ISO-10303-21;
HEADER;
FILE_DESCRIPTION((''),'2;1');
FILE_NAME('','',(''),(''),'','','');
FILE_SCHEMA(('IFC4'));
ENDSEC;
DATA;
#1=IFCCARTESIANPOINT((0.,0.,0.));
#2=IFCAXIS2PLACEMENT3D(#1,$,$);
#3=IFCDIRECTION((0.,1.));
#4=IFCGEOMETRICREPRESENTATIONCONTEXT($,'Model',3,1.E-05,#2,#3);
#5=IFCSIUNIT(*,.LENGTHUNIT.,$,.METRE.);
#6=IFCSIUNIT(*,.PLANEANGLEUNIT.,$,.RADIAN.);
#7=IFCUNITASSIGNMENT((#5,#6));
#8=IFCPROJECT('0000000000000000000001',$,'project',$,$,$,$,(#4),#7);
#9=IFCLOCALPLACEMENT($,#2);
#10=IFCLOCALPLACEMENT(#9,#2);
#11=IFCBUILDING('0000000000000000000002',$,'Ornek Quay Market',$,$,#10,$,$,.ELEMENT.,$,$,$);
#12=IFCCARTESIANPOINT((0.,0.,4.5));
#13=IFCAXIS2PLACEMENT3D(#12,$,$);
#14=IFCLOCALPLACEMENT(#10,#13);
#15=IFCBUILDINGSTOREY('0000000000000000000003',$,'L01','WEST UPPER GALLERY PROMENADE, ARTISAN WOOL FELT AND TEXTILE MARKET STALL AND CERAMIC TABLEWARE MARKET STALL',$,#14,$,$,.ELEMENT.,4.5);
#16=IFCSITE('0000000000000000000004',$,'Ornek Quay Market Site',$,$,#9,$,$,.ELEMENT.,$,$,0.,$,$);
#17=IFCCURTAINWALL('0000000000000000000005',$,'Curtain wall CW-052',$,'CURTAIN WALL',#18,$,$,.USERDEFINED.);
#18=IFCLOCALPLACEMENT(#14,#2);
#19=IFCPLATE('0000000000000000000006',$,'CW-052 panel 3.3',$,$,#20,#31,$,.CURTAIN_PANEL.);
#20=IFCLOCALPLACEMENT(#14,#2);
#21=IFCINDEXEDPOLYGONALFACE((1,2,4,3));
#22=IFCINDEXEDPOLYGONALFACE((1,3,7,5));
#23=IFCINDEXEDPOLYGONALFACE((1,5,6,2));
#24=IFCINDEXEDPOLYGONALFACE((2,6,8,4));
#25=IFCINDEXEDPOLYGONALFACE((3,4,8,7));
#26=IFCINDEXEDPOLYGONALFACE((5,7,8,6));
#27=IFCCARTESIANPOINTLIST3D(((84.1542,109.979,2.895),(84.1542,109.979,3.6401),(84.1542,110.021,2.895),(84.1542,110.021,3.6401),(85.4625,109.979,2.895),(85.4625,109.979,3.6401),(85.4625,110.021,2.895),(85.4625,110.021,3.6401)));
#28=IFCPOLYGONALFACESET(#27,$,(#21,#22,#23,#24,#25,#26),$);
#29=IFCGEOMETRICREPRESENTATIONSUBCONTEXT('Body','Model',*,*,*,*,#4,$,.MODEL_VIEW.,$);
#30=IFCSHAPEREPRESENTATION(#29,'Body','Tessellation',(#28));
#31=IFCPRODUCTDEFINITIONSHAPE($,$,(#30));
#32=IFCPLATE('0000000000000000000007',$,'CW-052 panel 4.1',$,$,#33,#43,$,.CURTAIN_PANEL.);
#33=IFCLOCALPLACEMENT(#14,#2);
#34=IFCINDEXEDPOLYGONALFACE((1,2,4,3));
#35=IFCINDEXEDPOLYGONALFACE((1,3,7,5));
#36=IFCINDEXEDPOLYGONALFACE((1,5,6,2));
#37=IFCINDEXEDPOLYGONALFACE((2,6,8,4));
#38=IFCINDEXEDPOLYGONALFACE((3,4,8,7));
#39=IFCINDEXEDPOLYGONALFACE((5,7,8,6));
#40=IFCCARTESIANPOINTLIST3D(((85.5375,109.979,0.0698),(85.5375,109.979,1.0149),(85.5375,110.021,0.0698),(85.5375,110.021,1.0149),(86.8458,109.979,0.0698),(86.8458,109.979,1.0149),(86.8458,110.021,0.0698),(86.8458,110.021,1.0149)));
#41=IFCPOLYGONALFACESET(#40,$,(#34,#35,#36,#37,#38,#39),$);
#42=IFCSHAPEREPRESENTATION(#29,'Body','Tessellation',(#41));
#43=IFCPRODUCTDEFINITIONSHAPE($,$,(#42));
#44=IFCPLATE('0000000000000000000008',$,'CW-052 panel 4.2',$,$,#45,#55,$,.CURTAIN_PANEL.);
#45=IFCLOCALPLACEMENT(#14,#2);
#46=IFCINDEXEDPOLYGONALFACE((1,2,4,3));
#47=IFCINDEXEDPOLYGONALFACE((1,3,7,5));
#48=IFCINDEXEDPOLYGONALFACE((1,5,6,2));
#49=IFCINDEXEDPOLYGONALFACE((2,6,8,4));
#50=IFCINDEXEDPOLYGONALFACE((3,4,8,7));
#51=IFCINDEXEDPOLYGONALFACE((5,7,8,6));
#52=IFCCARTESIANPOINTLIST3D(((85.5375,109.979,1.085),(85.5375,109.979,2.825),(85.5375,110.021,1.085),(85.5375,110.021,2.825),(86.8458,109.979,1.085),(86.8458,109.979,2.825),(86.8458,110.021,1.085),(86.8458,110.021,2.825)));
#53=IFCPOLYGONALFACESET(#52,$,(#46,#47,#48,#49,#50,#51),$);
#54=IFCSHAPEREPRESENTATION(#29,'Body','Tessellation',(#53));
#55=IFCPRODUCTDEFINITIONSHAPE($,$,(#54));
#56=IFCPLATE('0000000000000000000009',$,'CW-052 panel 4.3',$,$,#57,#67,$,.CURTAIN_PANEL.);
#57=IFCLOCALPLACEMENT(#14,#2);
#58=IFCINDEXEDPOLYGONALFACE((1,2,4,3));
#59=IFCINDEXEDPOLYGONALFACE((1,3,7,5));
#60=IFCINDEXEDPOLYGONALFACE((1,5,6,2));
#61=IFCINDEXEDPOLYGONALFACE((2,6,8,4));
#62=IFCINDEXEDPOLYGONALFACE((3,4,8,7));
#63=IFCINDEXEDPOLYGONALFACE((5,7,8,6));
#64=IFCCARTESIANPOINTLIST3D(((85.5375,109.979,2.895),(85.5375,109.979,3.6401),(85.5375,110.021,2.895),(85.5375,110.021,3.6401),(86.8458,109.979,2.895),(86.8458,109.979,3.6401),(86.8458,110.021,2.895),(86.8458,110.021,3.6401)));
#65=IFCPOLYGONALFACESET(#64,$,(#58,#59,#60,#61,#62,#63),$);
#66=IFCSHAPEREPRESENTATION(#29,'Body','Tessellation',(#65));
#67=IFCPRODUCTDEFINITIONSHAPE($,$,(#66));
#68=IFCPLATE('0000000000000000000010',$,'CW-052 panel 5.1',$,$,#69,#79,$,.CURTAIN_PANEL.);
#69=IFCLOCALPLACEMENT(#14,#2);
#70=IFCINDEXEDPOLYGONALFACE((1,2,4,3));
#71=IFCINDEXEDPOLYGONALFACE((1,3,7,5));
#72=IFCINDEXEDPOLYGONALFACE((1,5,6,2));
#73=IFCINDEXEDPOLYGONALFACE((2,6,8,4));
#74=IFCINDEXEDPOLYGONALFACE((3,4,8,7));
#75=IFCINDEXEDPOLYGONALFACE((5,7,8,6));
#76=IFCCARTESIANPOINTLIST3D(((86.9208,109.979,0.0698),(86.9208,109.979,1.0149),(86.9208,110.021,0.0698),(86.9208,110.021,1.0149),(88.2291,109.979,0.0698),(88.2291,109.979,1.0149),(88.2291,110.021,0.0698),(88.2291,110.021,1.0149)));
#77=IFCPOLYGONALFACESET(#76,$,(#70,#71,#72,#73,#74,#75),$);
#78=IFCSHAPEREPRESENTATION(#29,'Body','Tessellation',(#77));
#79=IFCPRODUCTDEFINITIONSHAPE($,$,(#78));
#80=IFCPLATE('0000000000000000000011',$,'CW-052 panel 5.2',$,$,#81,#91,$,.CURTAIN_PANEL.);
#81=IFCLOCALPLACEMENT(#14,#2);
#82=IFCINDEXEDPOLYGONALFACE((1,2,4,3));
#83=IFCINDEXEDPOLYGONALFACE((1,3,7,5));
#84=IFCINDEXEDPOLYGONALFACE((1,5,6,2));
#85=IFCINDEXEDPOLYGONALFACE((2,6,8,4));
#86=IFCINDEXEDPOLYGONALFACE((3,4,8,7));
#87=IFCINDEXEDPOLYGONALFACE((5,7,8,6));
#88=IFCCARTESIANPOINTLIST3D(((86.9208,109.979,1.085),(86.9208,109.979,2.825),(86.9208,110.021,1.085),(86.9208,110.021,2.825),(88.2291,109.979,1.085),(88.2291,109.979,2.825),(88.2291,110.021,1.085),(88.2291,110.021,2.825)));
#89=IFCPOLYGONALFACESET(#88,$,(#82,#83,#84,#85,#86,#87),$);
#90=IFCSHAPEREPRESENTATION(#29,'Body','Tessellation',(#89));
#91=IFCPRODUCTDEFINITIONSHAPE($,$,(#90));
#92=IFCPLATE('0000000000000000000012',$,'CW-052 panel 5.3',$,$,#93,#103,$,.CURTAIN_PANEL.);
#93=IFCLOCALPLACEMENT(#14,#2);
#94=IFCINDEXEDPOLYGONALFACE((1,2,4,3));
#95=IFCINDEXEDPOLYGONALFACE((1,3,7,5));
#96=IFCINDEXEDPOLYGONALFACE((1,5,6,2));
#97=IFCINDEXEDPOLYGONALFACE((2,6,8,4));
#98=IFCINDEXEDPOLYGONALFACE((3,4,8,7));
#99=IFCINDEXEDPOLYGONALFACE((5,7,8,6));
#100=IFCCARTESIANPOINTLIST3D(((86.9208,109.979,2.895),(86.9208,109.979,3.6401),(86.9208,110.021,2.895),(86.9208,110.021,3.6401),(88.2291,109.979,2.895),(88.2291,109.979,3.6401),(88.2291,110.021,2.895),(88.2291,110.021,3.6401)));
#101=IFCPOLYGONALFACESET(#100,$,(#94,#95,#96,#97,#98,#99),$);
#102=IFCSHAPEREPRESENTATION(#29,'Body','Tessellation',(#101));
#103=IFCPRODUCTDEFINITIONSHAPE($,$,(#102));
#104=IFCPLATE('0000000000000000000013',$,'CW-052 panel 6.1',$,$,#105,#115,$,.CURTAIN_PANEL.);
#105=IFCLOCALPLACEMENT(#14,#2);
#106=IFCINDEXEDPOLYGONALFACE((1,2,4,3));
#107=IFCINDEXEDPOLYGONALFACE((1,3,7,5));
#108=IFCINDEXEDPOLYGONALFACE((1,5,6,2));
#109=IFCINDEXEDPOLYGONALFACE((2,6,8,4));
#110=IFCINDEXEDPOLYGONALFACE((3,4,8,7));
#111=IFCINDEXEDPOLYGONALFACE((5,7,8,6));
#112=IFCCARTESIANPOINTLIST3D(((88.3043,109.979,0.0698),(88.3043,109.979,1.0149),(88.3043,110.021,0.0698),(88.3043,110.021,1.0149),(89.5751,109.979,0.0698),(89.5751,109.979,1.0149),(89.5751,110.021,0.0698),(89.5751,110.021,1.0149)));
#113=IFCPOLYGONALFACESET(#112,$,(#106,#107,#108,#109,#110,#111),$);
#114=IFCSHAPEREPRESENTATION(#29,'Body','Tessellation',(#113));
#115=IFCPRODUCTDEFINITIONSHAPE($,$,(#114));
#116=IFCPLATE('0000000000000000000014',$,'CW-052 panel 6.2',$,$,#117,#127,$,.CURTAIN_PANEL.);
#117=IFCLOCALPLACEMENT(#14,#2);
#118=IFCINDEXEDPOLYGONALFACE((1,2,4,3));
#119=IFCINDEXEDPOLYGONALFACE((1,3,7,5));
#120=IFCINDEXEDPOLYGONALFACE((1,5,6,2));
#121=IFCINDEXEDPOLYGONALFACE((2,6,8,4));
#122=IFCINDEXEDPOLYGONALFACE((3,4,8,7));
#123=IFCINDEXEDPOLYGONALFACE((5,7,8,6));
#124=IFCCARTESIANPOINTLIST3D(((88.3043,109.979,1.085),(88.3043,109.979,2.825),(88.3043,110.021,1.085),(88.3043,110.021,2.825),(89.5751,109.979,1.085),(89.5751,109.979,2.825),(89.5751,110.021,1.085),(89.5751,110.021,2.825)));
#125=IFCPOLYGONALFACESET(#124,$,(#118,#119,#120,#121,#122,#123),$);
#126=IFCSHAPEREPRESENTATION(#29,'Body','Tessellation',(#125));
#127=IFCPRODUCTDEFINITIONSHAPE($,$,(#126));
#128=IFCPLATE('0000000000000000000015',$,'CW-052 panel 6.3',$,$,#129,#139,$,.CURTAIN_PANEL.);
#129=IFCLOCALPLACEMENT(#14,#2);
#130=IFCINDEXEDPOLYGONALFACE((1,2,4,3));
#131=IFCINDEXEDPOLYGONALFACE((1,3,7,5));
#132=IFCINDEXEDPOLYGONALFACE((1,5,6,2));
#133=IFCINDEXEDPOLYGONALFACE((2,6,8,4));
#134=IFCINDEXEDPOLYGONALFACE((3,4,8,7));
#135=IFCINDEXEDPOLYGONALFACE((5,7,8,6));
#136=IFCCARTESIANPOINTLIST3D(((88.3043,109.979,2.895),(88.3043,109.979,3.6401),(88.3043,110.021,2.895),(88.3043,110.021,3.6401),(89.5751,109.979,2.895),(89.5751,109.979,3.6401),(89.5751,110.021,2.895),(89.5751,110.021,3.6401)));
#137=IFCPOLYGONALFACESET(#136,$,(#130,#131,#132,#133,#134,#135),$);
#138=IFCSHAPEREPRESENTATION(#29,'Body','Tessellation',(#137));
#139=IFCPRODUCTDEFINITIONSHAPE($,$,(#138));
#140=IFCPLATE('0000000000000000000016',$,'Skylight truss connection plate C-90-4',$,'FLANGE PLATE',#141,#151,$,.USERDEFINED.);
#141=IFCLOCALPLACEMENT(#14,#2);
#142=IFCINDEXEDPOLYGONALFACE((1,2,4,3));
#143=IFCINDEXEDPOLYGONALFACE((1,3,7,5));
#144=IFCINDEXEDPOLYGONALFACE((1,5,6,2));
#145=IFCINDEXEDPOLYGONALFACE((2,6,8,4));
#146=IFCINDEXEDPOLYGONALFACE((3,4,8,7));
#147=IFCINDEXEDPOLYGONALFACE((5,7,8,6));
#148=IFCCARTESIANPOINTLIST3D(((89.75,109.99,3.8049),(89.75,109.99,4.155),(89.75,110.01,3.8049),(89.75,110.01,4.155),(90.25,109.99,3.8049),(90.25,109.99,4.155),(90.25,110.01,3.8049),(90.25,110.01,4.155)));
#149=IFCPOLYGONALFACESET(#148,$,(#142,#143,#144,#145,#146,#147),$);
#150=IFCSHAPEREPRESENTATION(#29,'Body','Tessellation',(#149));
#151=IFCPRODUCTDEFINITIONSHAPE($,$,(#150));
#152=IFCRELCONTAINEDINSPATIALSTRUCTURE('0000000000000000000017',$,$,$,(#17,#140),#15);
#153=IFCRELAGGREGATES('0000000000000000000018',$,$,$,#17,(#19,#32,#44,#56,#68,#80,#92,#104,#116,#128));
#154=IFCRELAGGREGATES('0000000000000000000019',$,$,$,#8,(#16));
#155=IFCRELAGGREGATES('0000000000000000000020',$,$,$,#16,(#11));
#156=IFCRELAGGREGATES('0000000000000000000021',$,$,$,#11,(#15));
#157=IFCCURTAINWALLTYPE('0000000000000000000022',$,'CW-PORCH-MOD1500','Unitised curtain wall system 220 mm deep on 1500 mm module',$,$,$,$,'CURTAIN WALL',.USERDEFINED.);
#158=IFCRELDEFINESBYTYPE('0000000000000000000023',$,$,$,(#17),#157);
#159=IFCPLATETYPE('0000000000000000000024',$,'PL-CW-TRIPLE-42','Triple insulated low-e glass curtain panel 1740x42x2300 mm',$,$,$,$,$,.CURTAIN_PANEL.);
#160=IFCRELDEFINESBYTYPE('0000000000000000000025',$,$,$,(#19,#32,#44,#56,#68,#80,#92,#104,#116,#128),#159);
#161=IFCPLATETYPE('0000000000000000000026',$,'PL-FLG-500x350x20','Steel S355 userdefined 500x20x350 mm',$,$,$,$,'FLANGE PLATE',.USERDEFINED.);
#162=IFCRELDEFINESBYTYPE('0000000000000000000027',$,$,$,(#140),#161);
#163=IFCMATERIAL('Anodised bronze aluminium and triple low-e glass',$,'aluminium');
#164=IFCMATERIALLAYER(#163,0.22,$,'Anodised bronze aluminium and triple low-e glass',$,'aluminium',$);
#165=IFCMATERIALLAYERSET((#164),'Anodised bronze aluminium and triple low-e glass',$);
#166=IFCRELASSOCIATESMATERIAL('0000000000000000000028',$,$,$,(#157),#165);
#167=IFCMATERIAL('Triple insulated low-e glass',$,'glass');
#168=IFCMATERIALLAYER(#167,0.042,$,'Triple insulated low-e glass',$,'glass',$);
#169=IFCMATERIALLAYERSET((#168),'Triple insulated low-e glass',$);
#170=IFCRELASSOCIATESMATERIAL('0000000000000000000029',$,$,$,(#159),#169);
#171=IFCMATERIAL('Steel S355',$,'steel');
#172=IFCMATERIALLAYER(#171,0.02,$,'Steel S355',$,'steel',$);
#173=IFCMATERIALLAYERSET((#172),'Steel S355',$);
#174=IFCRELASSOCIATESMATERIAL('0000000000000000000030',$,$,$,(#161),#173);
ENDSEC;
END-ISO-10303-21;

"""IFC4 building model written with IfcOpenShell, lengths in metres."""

from ifc_helpers import new_model, si_unit, direction, frame, origin, origin_2d, place, context, subcontext, project, spatial, rectangle, extrude, material, layer, layer_set, type_object, element, aggregate, save


model = new_model("IFC4")

# Units and contexts
model_context = context("Model", 3, precision=1e-05, world=origin(), true_north=direction((0.0, 1.0)))
body_context = subcontext(model_context, "Body", "Model", "MODEL_VIEW")
ifc_project = project(units=[si_unit("LENGTHUNIT", "METRE"), si_unit("PLANEANGLEUNIT", "RADIAN")], contexts=[model_context])

# Site, building, storey
site_placement = place(None, origin())
site = spatial("IfcSite", under=ifc_project, at=site_placement, Name="Ornek Quay Market Site", CompositionType="ELEMENT", RefElevation=0.0)
building_placement = place(site_placement, origin())
building = spatial("IfcBuilding", under=site, at=building_placement, Name="Ornek Quay Market", CompositionType="ELEMENT")
storey_placement = place(building_placement, frame((0.0, 0.0, 4.5)))
storey = spatial("IfcBuildingStorey", under=building, at=storey_placement, Name="L01", Description="WEST UPPER GALLERY PROMENADE, ARTISAN WOOL FELT AND TEXTILE MARKET STALL AND CERAMIC TABLEWARE MARKET STALL", CompositionType="ELEMENT", Elevation=4.5)

# Curtain wall, plates
ifc_material_1 = material(Name="Anodised bronze aluminium and triple low-e glass", Category="aluminium")
ifc_layer_1 = layer(ifc_material_1, 0.22, Name="Anodised bronze aluminium and triple low-e glass", Category="aluminium")
ifc_layer_set_1 = layer_set([ifc_layer_1], Name="Anodised bronze aluminium and triple low-e glass")
curtain_wall_type = type_object("IfcCurtainWallType", Name="CW-PORCH-MOD1500", Description="Unitised curtain wall system 220 mm deep on 1500 mm module", ElementType="CURTAIN WALL", PredefinedType="USERDEFINED", material=ifc_layer_set_1)
curtain_wall_placement = place(storey_placement, origin())
curtain_wall = element("IfcCurtainWall", 1, at=curtain_wall_placement, inside=storey, type_object=curtain_wall_type, Name="Curtain wall CW-052", ObjectType="CURTAIN WALL", PredefinedType="USERDEFINED")
ifc_material_2 = material(Name="Triple insulated low-e glass", Category="glass")
ifc_layer_2 = layer(ifc_material_2, 0.042, Name="Triple insulated low-e glass", Category="glass")
ifc_layer_set_2 = layer_set([ifc_layer_2], Name="Triple insulated low-e glass")
plate_type_1 = type_object("IfcPlateType", Name="PL-CW-TRIPLE-42", Description="Triple insulated low-e glass curtain panel 1740x42x2300 mm", PredefinedType="CURTAIN_PANEL", material=ifc_layer_set_2)
plate_1_placement = place(storey_placement, frame((84.8083, 110.0, 2.895), z_axis=(0.0, 0.0, 1.0), x_axis=(1.0, 0.0, 0.0)))
plate_1 = element("IfcPlate", 2, at=plate_1_placement, type_object=plate_type_1, Name="CW-052 panel 3.3", PredefinedType="CURTAIN_PANEL", context=body_context, shape_type="SweptSolid", body=[
    extrude(rectangle(XDim=1.3083, YDim=0.042, at=origin_2d()), origin(), (0.0, 0.0, 1.0), 0.7451),
])
plate_2_placement = place(storey_placement, frame((86.1917, 110.0, 0.0698), z_axis=(0.0, 0.0, 1.0), x_axis=(1.0, 0.0, 0.0)))
plate_2 = element("IfcPlate", 3, at=plate_2_placement, type_object=plate_type_1, Name="CW-052 panel 4.1", PredefinedType="CURTAIN_PANEL", context=body_context, shape_type="SweptSolid", body=[
    extrude(rectangle(XDim=1.3083, YDim=0.042, at=origin_2d()), origin(), (0.0, 0.0, 1.0), 0.9451),
])
plate_3_placement = place(storey_placement, frame((86.1917, 110.0, 1.085), z_axis=(0.0, 0.0, 1.0), x_axis=(1.0, 0.0, 0.0)))
plate_3 = element("IfcPlate", 4, at=plate_3_placement, type_object=plate_type_1, Name="CW-052 panel 4.2", PredefinedType="CURTAIN_PANEL", context=body_context, shape_type="SweptSolid", body=[
    extrude(rectangle(XDim=1.3083, YDim=0.042, at=origin_2d()), origin(), (0.0, 0.0, 1.0), 1.74),
])
plate_4_placement = place(storey_placement, frame((86.1917, 110.0, 2.895), z_axis=(0.0, 0.0, 1.0), x_axis=(1.0, 0.0, 0.0)))
plate_4 = element("IfcPlate", 5, at=plate_4_placement, type_object=plate_type_1, Name="CW-052 panel 4.3", PredefinedType="CURTAIN_PANEL", context=body_context, shape_type="SweptSolid", body=[
    extrude(rectangle(XDim=1.3083, YDim=0.042, at=origin_2d()), origin(), (0.0, 0.0, 1.0), 0.7451),
])
plate_5_placement = place(storey_placement, frame((87.575, 110.0, 0.0698), z_axis=(0.0, 0.0, 1.0), x_axis=(1.0, 0.0, 0.0)))
plate_5 = element("IfcPlate", 6, at=plate_5_placement, type_object=plate_type_1, Name="CW-052 panel 5.1", PredefinedType="CURTAIN_PANEL", context=body_context, shape_type="SweptSolid", body=[
    extrude(rectangle(XDim=1.3083, YDim=0.042, at=origin_2d()), origin(), (0.0, 0.0, 1.0), 0.9451),
])
plate_6_placement = place(storey_placement, frame((87.575, 110.0, 1.085), z_axis=(0.0, 0.0, 1.0), x_axis=(1.0, 0.0, 0.0)))
plate_6 = element("IfcPlate", 7, at=plate_6_placement, type_object=plate_type_1, Name="CW-052 panel 5.2", PredefinedType="CURTAIN_PANEL", context=body_context, shape_type="SweptSolid", body=[
    extrude(rectangle(XDim=1.3083, YDim=0.042, at=origin_2d()), origin(), (0.0, 0.0, 1.0), 1.74),
])
plate_7_placement = place(storey_placement, frame((87.575, 110.0, 2.895), z_axis=(0.0, 0.0, 1.0), x_axis=(1.0, 0.0, 0.0)))
plate_7 = element("IfcPlate", 8, at=plate_7_placement, type_object=plate_type_1, Name="CW-052 panel 5.3", PredefinedType="CURTAIN_PANEL", context=body_context, shape_type="SweptSolid", body=[
    extrude(rectangle(XDim=1.3083, YDim=0.042, at=origin_2d()), origin(), (0.0, 0.0, 1.0), 0.7451),
])
plate_8_placement = place(storey_placement, frame((88.9397, 110.0, 0.0698), z_axis=(0.0, 0.0, 1.0), x_axis=(1.0, 0.0, 0.0)))
plate_8 = element("IfcPlate", 9, at=plate_8_placement, type_object=plate_type_1, Name="CW-052 panel 6.1", PredefinedType="CURTAIN_PANEL", context=body_context, shape_type="SweptSolid", body=[
    extrude(rectangle(XDim=1.2708, YDim=0.042, at=origin_2d()), origin(), (0.0, 0.0, 1.0), 0.9451),
])
plate_9_placement = place(storey_placement, frame((88.9397, 110.0, 1.085), z_axis=(0.0, 0.0, 1.0), x_axis=(1.0, 0.0, 0.0)))
plate_9 = element("IfcPlate", 10, at=plate_9_placement, type_object=plate_type_1, Name="CW-052 panel 6.2", PredefinedType="CURTAIN_PANEL", context=body_context, shape_type="SweptSolid", body=[
    extrude(rectangle(XDim=1.2708, YDim=0.042, at=origin_2d()), origin(), (0.0, 0.0, 1.0), 1.74),
])
plate_10_placement = place(storey_placement, frame((88.9397, 110.0, 2.895), z_axis=(0.0, 0.0, 1.0), x_axis=(1.0, 0.0, 0.0)))
plate_10 = element("IfcPlate", 11, at=plate_10_placement, type_object=plate_type_1, Name="CW-052 panel 6.3", PredefinedType="CURTAIN_PANEL", context=body_context, shape_type="SweptSolid", body=[
    extrude(rectangle(XDim=1.2708, YDim=0.042, at=origin_2d()), origin(), (0.0, 0.0, 1.0), 0.7451),
])
aggregate(curtain_wall, [plate_1, plate_2, plate_3, plate_4, plate_5, plate_6, plate_7, plate_8, plate_9, plate_10])

# Plate
ifc_material_3 = material(Name="Steel S355", Category="steel")
ifc_layer_3 = layer(ifc_material_3, 0.02, Name="Steel S355", Category="steel")
ifc_layer_set_3 = layer_set([ifc_layer_3], Name="Steel S355")
plate_type_2 = type_object("IfcPlateType", Name="PL-FLG-500x350x20", Description="Steel S355 userdefined 500x20x350 mm", ElementType="FLANGE PLATE", PredefinedType="USERDEFINED", material=ifc_layer_set_3)
plate_11_placement = place(storey_placement, frame((90.0, 110.0, 3.8049), z_axis=(0.0, 0.0, 1.0), x_axis=(1.0, 0.0, 0.0)))
element("IfcPlate", 12, at=plate_11_placement, inside=storey, type_object=plate_type_2, Name="Skylight truss connection plate C-90-4", ObjectType="FLANGE PLATE", PredefinedType="USERDEFINED", context=body_context, shape_type="SweptSolid", body=[
    extrude(rectangle(XDim=0.5, YDim=0.02, at=origin_2d()), origin(), (0.0, 0.0, 1.0), 0.3501),
])

save(model, "model.ifc")
